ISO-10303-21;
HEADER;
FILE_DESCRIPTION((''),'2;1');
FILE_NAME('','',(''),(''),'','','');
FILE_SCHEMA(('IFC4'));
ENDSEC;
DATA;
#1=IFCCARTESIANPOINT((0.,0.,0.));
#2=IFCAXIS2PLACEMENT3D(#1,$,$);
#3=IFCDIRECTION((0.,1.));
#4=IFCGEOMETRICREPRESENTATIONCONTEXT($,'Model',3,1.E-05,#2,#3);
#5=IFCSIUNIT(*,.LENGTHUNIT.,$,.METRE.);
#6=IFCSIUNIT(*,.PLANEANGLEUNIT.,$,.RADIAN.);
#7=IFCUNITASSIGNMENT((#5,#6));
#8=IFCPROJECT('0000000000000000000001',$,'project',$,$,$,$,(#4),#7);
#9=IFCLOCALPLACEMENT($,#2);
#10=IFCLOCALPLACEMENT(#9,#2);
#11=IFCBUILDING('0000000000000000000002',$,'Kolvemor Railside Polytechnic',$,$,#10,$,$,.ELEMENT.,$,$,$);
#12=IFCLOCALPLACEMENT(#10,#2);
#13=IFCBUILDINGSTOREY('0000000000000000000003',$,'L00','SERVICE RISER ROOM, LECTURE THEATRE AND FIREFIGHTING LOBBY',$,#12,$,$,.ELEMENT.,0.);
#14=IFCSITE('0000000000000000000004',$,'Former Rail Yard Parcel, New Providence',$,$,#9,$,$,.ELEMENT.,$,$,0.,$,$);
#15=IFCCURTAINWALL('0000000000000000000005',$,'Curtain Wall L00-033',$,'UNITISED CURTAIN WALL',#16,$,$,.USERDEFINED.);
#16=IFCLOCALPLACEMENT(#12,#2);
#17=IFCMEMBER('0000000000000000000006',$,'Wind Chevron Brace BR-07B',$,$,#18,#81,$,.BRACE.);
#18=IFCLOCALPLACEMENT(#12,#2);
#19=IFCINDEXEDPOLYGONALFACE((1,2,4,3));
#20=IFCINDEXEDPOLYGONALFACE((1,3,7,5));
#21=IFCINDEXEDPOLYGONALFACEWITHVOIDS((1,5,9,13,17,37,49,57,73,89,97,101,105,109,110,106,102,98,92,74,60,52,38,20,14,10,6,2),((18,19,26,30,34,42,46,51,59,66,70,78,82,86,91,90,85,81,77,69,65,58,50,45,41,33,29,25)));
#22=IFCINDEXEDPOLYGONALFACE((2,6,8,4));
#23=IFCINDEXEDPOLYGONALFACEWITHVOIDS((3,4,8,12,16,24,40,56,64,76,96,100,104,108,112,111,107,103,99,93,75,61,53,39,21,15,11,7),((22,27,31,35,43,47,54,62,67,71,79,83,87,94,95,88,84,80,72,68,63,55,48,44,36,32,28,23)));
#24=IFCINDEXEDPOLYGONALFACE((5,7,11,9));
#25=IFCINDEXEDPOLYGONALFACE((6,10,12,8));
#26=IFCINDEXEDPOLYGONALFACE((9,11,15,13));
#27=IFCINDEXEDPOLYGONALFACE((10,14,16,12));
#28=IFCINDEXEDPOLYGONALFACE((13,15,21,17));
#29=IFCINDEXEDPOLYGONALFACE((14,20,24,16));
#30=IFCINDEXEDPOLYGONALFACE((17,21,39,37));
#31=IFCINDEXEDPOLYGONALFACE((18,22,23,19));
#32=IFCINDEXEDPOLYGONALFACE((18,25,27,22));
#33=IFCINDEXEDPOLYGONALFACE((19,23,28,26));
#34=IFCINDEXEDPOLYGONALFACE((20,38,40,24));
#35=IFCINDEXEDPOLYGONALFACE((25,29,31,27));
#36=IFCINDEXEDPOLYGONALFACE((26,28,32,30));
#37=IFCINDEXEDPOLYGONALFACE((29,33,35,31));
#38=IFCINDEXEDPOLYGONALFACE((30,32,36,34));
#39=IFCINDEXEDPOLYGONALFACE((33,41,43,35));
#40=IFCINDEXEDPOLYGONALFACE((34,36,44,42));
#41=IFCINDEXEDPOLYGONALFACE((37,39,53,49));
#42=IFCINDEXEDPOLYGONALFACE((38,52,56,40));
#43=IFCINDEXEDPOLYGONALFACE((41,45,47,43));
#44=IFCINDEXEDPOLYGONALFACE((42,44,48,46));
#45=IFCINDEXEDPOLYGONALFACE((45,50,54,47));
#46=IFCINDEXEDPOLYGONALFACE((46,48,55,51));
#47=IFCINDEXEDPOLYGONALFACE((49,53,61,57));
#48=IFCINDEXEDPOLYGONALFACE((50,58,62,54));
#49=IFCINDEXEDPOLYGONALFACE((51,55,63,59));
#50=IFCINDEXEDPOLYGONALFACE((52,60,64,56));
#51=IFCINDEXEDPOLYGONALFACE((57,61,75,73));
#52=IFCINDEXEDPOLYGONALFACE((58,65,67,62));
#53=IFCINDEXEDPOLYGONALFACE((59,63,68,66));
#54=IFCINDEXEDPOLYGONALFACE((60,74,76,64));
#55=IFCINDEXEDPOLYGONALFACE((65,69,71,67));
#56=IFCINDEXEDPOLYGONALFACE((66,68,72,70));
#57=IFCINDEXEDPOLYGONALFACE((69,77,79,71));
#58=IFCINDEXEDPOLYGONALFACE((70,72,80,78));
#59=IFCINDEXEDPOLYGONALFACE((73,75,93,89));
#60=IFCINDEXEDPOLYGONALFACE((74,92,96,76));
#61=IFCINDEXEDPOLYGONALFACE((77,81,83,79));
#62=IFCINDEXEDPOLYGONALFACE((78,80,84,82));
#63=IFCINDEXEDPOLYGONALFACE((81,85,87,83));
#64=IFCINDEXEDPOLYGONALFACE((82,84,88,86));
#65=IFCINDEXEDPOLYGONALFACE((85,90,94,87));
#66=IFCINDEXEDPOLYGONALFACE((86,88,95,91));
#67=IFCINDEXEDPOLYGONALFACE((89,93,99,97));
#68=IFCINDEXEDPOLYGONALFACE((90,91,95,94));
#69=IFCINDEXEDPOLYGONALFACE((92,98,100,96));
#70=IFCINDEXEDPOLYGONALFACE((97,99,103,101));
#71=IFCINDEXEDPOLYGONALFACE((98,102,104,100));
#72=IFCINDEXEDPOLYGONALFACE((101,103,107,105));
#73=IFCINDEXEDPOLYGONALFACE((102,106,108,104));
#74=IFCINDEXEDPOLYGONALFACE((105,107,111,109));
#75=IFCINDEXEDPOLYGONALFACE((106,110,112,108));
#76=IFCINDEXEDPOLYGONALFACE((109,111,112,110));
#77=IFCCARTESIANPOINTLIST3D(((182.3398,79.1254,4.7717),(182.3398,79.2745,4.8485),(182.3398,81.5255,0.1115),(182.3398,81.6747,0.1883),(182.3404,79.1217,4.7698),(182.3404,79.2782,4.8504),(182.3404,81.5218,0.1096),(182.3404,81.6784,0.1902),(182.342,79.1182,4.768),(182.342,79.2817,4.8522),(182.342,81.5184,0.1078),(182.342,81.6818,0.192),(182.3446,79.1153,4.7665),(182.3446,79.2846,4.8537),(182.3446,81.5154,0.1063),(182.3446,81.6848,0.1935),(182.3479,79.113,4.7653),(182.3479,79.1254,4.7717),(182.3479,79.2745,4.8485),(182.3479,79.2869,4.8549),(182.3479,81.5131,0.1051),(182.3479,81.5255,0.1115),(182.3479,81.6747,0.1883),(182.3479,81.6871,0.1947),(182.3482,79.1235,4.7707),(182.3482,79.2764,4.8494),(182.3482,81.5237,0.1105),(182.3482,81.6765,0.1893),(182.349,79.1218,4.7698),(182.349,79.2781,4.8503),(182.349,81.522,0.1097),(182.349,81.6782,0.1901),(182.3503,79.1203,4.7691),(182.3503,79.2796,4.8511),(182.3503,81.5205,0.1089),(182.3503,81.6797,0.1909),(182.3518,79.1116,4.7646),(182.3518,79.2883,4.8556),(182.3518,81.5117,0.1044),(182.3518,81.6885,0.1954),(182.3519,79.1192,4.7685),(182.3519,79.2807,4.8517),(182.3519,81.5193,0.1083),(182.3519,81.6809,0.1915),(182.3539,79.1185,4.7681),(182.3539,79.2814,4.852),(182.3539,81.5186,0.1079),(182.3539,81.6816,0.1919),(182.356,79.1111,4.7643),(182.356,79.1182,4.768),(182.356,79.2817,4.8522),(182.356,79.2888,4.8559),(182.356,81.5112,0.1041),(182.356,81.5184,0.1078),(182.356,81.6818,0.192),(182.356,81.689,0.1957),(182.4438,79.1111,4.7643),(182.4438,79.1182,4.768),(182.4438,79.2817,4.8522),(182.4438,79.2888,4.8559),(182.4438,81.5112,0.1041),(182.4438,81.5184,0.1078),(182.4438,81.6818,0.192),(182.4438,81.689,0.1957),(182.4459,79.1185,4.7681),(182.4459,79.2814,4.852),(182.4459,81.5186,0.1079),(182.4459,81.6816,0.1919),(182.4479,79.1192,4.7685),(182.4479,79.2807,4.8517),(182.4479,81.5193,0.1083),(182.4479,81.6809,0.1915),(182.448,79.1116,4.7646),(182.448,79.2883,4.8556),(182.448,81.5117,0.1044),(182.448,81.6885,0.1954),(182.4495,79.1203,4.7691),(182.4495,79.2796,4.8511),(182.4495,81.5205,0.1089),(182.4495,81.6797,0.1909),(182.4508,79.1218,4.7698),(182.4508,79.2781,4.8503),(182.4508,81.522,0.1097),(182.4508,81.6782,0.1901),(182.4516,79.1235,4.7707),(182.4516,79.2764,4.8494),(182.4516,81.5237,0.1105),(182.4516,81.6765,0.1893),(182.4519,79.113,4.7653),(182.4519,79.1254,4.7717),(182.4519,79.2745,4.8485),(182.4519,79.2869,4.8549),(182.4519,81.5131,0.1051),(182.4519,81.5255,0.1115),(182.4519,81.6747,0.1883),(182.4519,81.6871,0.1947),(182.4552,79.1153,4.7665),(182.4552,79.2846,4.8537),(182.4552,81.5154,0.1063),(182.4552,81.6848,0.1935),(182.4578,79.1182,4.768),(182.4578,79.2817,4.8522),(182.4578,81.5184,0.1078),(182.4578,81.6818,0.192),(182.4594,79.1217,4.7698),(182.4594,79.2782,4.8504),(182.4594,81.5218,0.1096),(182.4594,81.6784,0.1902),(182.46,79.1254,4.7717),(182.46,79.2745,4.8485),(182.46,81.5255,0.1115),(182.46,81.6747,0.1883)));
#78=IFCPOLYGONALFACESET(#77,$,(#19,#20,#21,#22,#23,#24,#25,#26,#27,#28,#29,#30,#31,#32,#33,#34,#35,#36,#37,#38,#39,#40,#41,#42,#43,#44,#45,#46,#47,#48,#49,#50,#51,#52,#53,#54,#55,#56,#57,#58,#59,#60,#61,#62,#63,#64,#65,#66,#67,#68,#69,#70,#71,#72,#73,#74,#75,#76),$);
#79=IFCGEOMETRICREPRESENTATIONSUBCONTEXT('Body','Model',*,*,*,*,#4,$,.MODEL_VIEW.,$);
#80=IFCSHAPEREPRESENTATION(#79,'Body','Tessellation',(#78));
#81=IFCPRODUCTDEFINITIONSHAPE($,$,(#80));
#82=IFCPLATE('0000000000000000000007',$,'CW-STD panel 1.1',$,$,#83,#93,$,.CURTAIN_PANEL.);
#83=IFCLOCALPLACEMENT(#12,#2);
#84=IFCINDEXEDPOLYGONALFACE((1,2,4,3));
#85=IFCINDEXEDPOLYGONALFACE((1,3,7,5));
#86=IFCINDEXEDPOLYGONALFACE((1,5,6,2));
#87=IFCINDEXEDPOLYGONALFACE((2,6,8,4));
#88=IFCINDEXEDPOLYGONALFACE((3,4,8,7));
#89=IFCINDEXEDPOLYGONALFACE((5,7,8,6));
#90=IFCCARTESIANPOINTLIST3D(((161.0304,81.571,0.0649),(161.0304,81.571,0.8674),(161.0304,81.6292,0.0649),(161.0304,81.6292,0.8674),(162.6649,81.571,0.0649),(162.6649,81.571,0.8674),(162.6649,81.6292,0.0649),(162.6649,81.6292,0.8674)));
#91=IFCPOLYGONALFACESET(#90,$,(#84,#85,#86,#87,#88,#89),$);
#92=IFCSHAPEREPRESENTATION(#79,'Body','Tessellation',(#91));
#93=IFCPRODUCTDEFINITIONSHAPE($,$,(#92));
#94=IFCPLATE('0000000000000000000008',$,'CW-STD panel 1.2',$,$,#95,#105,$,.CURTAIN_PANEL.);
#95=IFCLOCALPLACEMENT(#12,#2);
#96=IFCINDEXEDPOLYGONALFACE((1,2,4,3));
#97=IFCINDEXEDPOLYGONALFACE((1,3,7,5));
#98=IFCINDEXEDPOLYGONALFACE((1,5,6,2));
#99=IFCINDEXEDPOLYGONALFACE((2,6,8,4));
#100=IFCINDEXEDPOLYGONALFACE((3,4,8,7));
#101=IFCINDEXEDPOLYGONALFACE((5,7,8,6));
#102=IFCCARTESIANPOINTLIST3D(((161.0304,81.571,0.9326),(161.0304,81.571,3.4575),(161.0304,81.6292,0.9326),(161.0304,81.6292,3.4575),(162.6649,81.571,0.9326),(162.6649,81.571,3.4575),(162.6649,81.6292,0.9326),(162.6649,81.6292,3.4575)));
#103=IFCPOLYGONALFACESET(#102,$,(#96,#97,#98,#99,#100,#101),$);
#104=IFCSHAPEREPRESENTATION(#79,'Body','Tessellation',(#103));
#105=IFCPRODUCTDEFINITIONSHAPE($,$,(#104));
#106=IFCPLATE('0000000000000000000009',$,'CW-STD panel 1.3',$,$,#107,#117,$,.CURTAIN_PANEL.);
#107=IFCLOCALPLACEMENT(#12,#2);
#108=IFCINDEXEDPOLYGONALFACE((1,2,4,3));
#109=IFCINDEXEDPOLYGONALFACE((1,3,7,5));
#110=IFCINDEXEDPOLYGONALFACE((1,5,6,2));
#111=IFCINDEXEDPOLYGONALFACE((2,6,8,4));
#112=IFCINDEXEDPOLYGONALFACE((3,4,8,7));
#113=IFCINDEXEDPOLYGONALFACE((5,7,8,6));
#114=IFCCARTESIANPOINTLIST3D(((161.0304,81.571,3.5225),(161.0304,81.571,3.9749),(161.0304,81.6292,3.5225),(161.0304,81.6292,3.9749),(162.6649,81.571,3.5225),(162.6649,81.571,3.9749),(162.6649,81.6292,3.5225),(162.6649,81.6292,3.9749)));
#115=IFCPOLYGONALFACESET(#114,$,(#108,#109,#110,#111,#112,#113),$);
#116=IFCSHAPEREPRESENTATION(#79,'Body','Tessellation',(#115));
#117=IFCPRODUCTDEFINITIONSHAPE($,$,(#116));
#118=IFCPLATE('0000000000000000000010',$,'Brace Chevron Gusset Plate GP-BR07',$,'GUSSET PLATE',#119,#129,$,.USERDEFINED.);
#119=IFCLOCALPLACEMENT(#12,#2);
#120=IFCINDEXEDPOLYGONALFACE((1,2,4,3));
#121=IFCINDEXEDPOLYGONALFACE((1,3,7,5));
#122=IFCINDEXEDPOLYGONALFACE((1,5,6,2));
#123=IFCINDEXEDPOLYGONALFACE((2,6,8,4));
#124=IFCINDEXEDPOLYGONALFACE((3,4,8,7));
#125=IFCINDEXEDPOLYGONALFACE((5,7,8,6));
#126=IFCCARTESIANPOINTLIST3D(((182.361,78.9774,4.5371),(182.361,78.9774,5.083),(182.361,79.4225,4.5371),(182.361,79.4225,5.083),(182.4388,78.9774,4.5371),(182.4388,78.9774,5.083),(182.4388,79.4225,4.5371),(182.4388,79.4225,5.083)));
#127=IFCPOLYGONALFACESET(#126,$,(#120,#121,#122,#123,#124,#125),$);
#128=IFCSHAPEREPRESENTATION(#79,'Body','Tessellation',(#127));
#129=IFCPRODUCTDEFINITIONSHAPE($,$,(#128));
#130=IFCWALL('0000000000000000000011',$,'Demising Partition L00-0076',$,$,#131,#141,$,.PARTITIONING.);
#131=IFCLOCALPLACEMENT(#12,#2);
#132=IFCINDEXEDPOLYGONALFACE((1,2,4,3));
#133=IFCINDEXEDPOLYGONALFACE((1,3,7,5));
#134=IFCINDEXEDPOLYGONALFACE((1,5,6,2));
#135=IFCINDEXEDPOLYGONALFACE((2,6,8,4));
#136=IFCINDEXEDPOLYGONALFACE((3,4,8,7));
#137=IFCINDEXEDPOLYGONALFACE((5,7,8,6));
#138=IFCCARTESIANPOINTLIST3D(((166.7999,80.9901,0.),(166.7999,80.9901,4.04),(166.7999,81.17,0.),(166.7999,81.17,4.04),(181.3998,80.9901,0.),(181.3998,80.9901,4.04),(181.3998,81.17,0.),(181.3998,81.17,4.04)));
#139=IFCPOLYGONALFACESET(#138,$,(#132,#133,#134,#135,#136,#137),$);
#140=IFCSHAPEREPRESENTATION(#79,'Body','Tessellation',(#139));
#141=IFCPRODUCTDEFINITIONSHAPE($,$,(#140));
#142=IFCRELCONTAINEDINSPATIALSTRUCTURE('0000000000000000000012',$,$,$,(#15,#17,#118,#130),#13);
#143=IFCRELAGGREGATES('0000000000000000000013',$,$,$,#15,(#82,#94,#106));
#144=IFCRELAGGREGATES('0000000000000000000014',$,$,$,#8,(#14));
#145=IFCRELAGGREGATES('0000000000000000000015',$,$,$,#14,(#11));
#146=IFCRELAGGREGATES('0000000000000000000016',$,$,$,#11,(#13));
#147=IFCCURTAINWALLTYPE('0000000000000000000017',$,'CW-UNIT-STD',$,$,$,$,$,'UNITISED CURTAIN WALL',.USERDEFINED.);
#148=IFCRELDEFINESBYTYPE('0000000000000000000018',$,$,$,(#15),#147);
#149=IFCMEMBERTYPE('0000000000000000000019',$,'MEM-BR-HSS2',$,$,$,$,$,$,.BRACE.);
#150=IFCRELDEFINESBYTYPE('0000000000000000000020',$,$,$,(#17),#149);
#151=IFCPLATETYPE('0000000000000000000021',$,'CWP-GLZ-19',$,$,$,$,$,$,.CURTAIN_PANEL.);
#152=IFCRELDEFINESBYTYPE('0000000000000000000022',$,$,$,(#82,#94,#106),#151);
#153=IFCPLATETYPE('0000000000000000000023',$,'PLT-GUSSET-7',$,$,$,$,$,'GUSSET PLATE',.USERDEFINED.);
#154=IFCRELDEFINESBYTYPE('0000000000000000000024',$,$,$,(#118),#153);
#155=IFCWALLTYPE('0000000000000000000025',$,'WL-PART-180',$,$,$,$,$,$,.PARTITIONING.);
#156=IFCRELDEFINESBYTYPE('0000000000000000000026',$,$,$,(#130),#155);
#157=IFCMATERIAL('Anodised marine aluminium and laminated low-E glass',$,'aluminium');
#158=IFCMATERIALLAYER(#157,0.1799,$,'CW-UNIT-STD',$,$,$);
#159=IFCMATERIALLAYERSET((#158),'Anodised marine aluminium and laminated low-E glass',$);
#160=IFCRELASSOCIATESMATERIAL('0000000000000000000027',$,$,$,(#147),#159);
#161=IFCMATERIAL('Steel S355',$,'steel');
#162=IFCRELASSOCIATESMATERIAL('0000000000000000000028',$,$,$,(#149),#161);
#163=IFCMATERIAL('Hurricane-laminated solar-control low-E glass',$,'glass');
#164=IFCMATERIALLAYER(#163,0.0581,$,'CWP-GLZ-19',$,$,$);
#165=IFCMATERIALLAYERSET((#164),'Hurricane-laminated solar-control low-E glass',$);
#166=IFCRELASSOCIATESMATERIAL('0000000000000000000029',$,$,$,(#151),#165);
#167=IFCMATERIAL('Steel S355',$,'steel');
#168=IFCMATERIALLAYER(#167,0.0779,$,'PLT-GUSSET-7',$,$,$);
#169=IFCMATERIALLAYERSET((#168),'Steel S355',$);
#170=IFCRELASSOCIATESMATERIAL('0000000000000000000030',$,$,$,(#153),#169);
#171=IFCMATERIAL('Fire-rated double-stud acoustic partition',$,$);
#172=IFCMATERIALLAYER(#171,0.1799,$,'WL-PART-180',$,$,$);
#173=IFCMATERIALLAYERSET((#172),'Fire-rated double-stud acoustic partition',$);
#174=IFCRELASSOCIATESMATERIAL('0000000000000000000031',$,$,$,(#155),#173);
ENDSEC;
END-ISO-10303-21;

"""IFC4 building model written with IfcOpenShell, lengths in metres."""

from ifc_helpers import new_model, si_unit, direction, frame, frame_2d, origin, origin_2d, place, context, subcontext, project, spatial, rectangle, hollow_rectangle, extrude, material, layer, layer_set, material_profile, profile_set, type_object, element, aggregate, save


model = new_model("IFC4")

# Units and contexts
model_context = context("Model", 3, precision=1e-05, world=origin(), true_north=direction((0.0, 1.0)))
body_context = subcontext(model_context, "Body", "Model", "MODEL_VIEW")
ifc_project = project(units=[si_unit("LENGTHUNIT", "METRE"), si_unit("PLANEANGLEUNIT", "RADIAN")], contexts=[model_context])

# Site, building, storey
site_placement = place(None, origin())
site = spatial("IfcSite", under=ifc_project, at=site_placement, Name="Former Rail Yard Parcel, New Providence", CompositionType="ELEMENT", RefElevation=0.0)
building_placement = place(site_placement, origin())
building = spatial("IfcBuilding", under=site, at=building_placement, Name="Kolvemor Railside Polytechnic", CompositionType="ELEMENT")
storey_placement = place(building_placement, origin())
storey = spatial("IfcBuildingStorey", under=building, at=storey_placement, Name="L00", Description="SERVICE RISER ROOM, LECTURE THEATRE AND FIREFIGHTING LOBBY", CompositionType="ELEMENT", Elevation=0.0)

# Curtain wall
ifc_material_1 = material(Name="Anodised marine aluminium and laminated low-E glass", Category="aluminium")
ifc_layer_1 = layer(ifc_material_1, 0.1799, Name="CW-UNIT-STD")
ifc_layer_set_1 = layer_set([ifc_layer_1], Name="Anodised marine aluminium and laminated low-E glass")
curtain_wall_type = type_object("IfcCurtainWallType", Name="CW-UNIT-STD", ElementType="UNITISED CURTAIN WALL", PredefinedType="USERDEFINED", material=ifc_layer_set_1)
curtain_wall_placement = place(storey_placement, origin())
curtain_wall = element("IfcCurtainWall", 1, at=curtain_wall_placement, inside=storey, type_object=curtain_wall_type, Name="Curtain Wall L00-033", ObjectType="UNITISED CURTAIN WALL", PredefinedType="USERDEFINED")

# Member
ifc_material_2 = material(Name="Steel S355", Category="steel")
ifc_material_profile_1 = material_profile(ifc_material_2, hollow_rectangle(XDim=0.1201, YDim=0.2, WallThickness=0.0081, InnerFilletRadius=0.0081, OuterFilletRadius=0.0161, at=origin_2d()), Name="HSS200x120x8")
ifc_profile_set_1 = profile_set([ifc_material_profile_1], Name="Steel S355")
member_type_1 = type_object("IfcMemberType", Name="MEM-BR-HSS2", PredefinedType="BRACE", material=ifc_profile_set_1)
member_1_placement = place(storey_placement, frame((182.3999, 81.6001, 0.1499), z_axis=(0.0, -0.457875, 0.889016), x_axis=(1.0, 0.0, 0.0)))
element("IfcMember", 2, at=member_1_placement, inside=storey, type_object=member_type_1, Name="Wind Chevron Brace BR-07B", PredefinedType="BRACE", context=body_context, shape_type="SweptSolid", body=[
    extrude(hollow_rectangle(XDim=0.1201, YDim=0.2, WallThickness=0.0081, InnerFilletRadius=0.0081, OuterFilletRadius=0.0161, at=origin_2d()), origin(), (0.0, 0.0, 1.0), 5.2419),
])

# Plates
ifc_material_3 = material(Name="Hurricane-laminated solar-control low-E glass", Category="glass")
ifc_layer_2 = layer(ifc_material_3, 0.0581, Name="CWP-GLZ-19")
ifc_layer_set_2 = layer_set([ifc_layer_2], Name="Hurricane-laminated solar-control low-E glass")
plate_type_1 = type_object("IfcPlateType", Name="CWP-GLZ-19", PredefinedType="CURTAIN_PANEL", material=ifc_layer_set_2)
plate_1_placement = place(storey_placement, frame((161.8477, 81.6001, 0.0649), z_axis=(0.0, 0.0, 1.0), x_axis=(-1.0, 0.0, 0.0)))
plate_1 = element("IfcPlate", 3, at=plate_1_placement, type_object=plate_type_1, Name="CW-STD panel 1.1", PredefinedType="CURTAIN_PANEL", context=body_context, shape_type="SweptSolid", body=[
    extrude(rectangle(XDim=1.6345, YDim=0.0581, at=origin_2d()), origin(), (0.0, 0.0, 1.0), 0.8025),
])
plate_2_placement = place(storey_placement, frame((161.8477, 81.6001, 0.9326), z_axis=(0.0, 0.0, 1.0), x_axis=(-1.0, 0.0, 0.0)))
plate_2 = element("IfcPlate", 4, at=plate_2_placement, type_object=plate_type_1, Name="CW-STD panel 1.2", PredefinedType="CURTAIN_PANEL", context=body_context, shape_type="SweptSolid", body=[
    extrude(rectangle(XDim=1.6345, YDim=0.0581, at=origin_2d()), origin(), (0.0, 0.0, 1.0), 2.5249),
])
plate_3_placement = place(storey_placement, frame((161.8477, 81.6001, 3.5225), z_axis=(0.0, 0.0, 1.0), x_axis=(-1.0, 0.0, 0.0)))
plate_3 = element("IfcPlate", 5, at=plate_3_placement, type_object=plate_type_1, Name="CW-STD panel 1.3", PredefinedType="CURTAIN_PANEL", context=body_context, shape_type="SweptSolid", body=[
    extrude(rectangle(XDim=1.6345, YDim=0.0581, at=origin_2d()), origin(), (0.0, 0.0, 1.0), 0.4524),
])
aggregate(curtain_wall, [plate_1, plate_2, plate_3])
ifc_material_4 = material(Name="Steel S355", Category="steel")
ifc_layer_3 = layer(ifc_material_4, 0.0779, Name="PLT-GUSSET-7")
ifc_layer_set_3 = layer_set([ifc_layer_3], Name="Steel S355")
plate_type_2 = type_object("IfcPlateType", Name="PLT-GUSSET-7", ElementType="GUSSET PLATE", PredefinedType="USERDEFINED", material=ifc_layer_set_3)
plate_4_placement = place(storey_placement, frame((182.3999, 79.2, 4.5371), z_axis=(0.0, 0.0, 1.0), x_axis=(0.0, 1.0, 0.0)))
element("IfcPlate", 6, at=plate_4_placement, inside=storey, type_object=plate_type_2, Name="Brace Chevron Gusset Plate GP-BR07", ObjectType="GUSSET PLATE", PredefinedType="USERDEFINED", context=body_context, shape_type="SweptSolid", body=[
    extrude(rectangle(XDim=0.4451, YDim=0.0779, at=origin_2d()), origin(), (0.0, 0.0, 1.0), 0.5459),
])

# Wall
ifc_material_5 = material(Name="Fire-rated double-stud acoustic partition")
ifc_layer_4 = layer(ifc_material_5, 0.1799, Name="WL-PART-180")
ifc_layer_set_4 = layer_set([ifc_layer_4], Name="Fire-rated double-stud acoustic partition")
wall_type = type_object("IfcWallType", Name="WL-PART-180", PredefinedType="PARTITIONING", material=ifc_layer_set_4)
wall_placement = place(storey_placement, frame((166.8, 81.0801, 0.0), z_axis=(0.0, 0.0, 1.0), x_axis=(1.0, 0.0, 0.0)))
element("IfcWall", 7, at=wall_placement, inside=storey, type_object=wall_type, Name="Demising Partition L00-0076", PredefinedType="PARTITIONING", context=body_context, shape_type="SweptSolid", body=[
    extrude(rectangle(XDim=14.5999, YDim=0.1799, at=frame_2d((7.2998, 0.0))), origin(), (0.0, 0.0, 1.0), 4.04),
])

save(model, "model.ifc")
